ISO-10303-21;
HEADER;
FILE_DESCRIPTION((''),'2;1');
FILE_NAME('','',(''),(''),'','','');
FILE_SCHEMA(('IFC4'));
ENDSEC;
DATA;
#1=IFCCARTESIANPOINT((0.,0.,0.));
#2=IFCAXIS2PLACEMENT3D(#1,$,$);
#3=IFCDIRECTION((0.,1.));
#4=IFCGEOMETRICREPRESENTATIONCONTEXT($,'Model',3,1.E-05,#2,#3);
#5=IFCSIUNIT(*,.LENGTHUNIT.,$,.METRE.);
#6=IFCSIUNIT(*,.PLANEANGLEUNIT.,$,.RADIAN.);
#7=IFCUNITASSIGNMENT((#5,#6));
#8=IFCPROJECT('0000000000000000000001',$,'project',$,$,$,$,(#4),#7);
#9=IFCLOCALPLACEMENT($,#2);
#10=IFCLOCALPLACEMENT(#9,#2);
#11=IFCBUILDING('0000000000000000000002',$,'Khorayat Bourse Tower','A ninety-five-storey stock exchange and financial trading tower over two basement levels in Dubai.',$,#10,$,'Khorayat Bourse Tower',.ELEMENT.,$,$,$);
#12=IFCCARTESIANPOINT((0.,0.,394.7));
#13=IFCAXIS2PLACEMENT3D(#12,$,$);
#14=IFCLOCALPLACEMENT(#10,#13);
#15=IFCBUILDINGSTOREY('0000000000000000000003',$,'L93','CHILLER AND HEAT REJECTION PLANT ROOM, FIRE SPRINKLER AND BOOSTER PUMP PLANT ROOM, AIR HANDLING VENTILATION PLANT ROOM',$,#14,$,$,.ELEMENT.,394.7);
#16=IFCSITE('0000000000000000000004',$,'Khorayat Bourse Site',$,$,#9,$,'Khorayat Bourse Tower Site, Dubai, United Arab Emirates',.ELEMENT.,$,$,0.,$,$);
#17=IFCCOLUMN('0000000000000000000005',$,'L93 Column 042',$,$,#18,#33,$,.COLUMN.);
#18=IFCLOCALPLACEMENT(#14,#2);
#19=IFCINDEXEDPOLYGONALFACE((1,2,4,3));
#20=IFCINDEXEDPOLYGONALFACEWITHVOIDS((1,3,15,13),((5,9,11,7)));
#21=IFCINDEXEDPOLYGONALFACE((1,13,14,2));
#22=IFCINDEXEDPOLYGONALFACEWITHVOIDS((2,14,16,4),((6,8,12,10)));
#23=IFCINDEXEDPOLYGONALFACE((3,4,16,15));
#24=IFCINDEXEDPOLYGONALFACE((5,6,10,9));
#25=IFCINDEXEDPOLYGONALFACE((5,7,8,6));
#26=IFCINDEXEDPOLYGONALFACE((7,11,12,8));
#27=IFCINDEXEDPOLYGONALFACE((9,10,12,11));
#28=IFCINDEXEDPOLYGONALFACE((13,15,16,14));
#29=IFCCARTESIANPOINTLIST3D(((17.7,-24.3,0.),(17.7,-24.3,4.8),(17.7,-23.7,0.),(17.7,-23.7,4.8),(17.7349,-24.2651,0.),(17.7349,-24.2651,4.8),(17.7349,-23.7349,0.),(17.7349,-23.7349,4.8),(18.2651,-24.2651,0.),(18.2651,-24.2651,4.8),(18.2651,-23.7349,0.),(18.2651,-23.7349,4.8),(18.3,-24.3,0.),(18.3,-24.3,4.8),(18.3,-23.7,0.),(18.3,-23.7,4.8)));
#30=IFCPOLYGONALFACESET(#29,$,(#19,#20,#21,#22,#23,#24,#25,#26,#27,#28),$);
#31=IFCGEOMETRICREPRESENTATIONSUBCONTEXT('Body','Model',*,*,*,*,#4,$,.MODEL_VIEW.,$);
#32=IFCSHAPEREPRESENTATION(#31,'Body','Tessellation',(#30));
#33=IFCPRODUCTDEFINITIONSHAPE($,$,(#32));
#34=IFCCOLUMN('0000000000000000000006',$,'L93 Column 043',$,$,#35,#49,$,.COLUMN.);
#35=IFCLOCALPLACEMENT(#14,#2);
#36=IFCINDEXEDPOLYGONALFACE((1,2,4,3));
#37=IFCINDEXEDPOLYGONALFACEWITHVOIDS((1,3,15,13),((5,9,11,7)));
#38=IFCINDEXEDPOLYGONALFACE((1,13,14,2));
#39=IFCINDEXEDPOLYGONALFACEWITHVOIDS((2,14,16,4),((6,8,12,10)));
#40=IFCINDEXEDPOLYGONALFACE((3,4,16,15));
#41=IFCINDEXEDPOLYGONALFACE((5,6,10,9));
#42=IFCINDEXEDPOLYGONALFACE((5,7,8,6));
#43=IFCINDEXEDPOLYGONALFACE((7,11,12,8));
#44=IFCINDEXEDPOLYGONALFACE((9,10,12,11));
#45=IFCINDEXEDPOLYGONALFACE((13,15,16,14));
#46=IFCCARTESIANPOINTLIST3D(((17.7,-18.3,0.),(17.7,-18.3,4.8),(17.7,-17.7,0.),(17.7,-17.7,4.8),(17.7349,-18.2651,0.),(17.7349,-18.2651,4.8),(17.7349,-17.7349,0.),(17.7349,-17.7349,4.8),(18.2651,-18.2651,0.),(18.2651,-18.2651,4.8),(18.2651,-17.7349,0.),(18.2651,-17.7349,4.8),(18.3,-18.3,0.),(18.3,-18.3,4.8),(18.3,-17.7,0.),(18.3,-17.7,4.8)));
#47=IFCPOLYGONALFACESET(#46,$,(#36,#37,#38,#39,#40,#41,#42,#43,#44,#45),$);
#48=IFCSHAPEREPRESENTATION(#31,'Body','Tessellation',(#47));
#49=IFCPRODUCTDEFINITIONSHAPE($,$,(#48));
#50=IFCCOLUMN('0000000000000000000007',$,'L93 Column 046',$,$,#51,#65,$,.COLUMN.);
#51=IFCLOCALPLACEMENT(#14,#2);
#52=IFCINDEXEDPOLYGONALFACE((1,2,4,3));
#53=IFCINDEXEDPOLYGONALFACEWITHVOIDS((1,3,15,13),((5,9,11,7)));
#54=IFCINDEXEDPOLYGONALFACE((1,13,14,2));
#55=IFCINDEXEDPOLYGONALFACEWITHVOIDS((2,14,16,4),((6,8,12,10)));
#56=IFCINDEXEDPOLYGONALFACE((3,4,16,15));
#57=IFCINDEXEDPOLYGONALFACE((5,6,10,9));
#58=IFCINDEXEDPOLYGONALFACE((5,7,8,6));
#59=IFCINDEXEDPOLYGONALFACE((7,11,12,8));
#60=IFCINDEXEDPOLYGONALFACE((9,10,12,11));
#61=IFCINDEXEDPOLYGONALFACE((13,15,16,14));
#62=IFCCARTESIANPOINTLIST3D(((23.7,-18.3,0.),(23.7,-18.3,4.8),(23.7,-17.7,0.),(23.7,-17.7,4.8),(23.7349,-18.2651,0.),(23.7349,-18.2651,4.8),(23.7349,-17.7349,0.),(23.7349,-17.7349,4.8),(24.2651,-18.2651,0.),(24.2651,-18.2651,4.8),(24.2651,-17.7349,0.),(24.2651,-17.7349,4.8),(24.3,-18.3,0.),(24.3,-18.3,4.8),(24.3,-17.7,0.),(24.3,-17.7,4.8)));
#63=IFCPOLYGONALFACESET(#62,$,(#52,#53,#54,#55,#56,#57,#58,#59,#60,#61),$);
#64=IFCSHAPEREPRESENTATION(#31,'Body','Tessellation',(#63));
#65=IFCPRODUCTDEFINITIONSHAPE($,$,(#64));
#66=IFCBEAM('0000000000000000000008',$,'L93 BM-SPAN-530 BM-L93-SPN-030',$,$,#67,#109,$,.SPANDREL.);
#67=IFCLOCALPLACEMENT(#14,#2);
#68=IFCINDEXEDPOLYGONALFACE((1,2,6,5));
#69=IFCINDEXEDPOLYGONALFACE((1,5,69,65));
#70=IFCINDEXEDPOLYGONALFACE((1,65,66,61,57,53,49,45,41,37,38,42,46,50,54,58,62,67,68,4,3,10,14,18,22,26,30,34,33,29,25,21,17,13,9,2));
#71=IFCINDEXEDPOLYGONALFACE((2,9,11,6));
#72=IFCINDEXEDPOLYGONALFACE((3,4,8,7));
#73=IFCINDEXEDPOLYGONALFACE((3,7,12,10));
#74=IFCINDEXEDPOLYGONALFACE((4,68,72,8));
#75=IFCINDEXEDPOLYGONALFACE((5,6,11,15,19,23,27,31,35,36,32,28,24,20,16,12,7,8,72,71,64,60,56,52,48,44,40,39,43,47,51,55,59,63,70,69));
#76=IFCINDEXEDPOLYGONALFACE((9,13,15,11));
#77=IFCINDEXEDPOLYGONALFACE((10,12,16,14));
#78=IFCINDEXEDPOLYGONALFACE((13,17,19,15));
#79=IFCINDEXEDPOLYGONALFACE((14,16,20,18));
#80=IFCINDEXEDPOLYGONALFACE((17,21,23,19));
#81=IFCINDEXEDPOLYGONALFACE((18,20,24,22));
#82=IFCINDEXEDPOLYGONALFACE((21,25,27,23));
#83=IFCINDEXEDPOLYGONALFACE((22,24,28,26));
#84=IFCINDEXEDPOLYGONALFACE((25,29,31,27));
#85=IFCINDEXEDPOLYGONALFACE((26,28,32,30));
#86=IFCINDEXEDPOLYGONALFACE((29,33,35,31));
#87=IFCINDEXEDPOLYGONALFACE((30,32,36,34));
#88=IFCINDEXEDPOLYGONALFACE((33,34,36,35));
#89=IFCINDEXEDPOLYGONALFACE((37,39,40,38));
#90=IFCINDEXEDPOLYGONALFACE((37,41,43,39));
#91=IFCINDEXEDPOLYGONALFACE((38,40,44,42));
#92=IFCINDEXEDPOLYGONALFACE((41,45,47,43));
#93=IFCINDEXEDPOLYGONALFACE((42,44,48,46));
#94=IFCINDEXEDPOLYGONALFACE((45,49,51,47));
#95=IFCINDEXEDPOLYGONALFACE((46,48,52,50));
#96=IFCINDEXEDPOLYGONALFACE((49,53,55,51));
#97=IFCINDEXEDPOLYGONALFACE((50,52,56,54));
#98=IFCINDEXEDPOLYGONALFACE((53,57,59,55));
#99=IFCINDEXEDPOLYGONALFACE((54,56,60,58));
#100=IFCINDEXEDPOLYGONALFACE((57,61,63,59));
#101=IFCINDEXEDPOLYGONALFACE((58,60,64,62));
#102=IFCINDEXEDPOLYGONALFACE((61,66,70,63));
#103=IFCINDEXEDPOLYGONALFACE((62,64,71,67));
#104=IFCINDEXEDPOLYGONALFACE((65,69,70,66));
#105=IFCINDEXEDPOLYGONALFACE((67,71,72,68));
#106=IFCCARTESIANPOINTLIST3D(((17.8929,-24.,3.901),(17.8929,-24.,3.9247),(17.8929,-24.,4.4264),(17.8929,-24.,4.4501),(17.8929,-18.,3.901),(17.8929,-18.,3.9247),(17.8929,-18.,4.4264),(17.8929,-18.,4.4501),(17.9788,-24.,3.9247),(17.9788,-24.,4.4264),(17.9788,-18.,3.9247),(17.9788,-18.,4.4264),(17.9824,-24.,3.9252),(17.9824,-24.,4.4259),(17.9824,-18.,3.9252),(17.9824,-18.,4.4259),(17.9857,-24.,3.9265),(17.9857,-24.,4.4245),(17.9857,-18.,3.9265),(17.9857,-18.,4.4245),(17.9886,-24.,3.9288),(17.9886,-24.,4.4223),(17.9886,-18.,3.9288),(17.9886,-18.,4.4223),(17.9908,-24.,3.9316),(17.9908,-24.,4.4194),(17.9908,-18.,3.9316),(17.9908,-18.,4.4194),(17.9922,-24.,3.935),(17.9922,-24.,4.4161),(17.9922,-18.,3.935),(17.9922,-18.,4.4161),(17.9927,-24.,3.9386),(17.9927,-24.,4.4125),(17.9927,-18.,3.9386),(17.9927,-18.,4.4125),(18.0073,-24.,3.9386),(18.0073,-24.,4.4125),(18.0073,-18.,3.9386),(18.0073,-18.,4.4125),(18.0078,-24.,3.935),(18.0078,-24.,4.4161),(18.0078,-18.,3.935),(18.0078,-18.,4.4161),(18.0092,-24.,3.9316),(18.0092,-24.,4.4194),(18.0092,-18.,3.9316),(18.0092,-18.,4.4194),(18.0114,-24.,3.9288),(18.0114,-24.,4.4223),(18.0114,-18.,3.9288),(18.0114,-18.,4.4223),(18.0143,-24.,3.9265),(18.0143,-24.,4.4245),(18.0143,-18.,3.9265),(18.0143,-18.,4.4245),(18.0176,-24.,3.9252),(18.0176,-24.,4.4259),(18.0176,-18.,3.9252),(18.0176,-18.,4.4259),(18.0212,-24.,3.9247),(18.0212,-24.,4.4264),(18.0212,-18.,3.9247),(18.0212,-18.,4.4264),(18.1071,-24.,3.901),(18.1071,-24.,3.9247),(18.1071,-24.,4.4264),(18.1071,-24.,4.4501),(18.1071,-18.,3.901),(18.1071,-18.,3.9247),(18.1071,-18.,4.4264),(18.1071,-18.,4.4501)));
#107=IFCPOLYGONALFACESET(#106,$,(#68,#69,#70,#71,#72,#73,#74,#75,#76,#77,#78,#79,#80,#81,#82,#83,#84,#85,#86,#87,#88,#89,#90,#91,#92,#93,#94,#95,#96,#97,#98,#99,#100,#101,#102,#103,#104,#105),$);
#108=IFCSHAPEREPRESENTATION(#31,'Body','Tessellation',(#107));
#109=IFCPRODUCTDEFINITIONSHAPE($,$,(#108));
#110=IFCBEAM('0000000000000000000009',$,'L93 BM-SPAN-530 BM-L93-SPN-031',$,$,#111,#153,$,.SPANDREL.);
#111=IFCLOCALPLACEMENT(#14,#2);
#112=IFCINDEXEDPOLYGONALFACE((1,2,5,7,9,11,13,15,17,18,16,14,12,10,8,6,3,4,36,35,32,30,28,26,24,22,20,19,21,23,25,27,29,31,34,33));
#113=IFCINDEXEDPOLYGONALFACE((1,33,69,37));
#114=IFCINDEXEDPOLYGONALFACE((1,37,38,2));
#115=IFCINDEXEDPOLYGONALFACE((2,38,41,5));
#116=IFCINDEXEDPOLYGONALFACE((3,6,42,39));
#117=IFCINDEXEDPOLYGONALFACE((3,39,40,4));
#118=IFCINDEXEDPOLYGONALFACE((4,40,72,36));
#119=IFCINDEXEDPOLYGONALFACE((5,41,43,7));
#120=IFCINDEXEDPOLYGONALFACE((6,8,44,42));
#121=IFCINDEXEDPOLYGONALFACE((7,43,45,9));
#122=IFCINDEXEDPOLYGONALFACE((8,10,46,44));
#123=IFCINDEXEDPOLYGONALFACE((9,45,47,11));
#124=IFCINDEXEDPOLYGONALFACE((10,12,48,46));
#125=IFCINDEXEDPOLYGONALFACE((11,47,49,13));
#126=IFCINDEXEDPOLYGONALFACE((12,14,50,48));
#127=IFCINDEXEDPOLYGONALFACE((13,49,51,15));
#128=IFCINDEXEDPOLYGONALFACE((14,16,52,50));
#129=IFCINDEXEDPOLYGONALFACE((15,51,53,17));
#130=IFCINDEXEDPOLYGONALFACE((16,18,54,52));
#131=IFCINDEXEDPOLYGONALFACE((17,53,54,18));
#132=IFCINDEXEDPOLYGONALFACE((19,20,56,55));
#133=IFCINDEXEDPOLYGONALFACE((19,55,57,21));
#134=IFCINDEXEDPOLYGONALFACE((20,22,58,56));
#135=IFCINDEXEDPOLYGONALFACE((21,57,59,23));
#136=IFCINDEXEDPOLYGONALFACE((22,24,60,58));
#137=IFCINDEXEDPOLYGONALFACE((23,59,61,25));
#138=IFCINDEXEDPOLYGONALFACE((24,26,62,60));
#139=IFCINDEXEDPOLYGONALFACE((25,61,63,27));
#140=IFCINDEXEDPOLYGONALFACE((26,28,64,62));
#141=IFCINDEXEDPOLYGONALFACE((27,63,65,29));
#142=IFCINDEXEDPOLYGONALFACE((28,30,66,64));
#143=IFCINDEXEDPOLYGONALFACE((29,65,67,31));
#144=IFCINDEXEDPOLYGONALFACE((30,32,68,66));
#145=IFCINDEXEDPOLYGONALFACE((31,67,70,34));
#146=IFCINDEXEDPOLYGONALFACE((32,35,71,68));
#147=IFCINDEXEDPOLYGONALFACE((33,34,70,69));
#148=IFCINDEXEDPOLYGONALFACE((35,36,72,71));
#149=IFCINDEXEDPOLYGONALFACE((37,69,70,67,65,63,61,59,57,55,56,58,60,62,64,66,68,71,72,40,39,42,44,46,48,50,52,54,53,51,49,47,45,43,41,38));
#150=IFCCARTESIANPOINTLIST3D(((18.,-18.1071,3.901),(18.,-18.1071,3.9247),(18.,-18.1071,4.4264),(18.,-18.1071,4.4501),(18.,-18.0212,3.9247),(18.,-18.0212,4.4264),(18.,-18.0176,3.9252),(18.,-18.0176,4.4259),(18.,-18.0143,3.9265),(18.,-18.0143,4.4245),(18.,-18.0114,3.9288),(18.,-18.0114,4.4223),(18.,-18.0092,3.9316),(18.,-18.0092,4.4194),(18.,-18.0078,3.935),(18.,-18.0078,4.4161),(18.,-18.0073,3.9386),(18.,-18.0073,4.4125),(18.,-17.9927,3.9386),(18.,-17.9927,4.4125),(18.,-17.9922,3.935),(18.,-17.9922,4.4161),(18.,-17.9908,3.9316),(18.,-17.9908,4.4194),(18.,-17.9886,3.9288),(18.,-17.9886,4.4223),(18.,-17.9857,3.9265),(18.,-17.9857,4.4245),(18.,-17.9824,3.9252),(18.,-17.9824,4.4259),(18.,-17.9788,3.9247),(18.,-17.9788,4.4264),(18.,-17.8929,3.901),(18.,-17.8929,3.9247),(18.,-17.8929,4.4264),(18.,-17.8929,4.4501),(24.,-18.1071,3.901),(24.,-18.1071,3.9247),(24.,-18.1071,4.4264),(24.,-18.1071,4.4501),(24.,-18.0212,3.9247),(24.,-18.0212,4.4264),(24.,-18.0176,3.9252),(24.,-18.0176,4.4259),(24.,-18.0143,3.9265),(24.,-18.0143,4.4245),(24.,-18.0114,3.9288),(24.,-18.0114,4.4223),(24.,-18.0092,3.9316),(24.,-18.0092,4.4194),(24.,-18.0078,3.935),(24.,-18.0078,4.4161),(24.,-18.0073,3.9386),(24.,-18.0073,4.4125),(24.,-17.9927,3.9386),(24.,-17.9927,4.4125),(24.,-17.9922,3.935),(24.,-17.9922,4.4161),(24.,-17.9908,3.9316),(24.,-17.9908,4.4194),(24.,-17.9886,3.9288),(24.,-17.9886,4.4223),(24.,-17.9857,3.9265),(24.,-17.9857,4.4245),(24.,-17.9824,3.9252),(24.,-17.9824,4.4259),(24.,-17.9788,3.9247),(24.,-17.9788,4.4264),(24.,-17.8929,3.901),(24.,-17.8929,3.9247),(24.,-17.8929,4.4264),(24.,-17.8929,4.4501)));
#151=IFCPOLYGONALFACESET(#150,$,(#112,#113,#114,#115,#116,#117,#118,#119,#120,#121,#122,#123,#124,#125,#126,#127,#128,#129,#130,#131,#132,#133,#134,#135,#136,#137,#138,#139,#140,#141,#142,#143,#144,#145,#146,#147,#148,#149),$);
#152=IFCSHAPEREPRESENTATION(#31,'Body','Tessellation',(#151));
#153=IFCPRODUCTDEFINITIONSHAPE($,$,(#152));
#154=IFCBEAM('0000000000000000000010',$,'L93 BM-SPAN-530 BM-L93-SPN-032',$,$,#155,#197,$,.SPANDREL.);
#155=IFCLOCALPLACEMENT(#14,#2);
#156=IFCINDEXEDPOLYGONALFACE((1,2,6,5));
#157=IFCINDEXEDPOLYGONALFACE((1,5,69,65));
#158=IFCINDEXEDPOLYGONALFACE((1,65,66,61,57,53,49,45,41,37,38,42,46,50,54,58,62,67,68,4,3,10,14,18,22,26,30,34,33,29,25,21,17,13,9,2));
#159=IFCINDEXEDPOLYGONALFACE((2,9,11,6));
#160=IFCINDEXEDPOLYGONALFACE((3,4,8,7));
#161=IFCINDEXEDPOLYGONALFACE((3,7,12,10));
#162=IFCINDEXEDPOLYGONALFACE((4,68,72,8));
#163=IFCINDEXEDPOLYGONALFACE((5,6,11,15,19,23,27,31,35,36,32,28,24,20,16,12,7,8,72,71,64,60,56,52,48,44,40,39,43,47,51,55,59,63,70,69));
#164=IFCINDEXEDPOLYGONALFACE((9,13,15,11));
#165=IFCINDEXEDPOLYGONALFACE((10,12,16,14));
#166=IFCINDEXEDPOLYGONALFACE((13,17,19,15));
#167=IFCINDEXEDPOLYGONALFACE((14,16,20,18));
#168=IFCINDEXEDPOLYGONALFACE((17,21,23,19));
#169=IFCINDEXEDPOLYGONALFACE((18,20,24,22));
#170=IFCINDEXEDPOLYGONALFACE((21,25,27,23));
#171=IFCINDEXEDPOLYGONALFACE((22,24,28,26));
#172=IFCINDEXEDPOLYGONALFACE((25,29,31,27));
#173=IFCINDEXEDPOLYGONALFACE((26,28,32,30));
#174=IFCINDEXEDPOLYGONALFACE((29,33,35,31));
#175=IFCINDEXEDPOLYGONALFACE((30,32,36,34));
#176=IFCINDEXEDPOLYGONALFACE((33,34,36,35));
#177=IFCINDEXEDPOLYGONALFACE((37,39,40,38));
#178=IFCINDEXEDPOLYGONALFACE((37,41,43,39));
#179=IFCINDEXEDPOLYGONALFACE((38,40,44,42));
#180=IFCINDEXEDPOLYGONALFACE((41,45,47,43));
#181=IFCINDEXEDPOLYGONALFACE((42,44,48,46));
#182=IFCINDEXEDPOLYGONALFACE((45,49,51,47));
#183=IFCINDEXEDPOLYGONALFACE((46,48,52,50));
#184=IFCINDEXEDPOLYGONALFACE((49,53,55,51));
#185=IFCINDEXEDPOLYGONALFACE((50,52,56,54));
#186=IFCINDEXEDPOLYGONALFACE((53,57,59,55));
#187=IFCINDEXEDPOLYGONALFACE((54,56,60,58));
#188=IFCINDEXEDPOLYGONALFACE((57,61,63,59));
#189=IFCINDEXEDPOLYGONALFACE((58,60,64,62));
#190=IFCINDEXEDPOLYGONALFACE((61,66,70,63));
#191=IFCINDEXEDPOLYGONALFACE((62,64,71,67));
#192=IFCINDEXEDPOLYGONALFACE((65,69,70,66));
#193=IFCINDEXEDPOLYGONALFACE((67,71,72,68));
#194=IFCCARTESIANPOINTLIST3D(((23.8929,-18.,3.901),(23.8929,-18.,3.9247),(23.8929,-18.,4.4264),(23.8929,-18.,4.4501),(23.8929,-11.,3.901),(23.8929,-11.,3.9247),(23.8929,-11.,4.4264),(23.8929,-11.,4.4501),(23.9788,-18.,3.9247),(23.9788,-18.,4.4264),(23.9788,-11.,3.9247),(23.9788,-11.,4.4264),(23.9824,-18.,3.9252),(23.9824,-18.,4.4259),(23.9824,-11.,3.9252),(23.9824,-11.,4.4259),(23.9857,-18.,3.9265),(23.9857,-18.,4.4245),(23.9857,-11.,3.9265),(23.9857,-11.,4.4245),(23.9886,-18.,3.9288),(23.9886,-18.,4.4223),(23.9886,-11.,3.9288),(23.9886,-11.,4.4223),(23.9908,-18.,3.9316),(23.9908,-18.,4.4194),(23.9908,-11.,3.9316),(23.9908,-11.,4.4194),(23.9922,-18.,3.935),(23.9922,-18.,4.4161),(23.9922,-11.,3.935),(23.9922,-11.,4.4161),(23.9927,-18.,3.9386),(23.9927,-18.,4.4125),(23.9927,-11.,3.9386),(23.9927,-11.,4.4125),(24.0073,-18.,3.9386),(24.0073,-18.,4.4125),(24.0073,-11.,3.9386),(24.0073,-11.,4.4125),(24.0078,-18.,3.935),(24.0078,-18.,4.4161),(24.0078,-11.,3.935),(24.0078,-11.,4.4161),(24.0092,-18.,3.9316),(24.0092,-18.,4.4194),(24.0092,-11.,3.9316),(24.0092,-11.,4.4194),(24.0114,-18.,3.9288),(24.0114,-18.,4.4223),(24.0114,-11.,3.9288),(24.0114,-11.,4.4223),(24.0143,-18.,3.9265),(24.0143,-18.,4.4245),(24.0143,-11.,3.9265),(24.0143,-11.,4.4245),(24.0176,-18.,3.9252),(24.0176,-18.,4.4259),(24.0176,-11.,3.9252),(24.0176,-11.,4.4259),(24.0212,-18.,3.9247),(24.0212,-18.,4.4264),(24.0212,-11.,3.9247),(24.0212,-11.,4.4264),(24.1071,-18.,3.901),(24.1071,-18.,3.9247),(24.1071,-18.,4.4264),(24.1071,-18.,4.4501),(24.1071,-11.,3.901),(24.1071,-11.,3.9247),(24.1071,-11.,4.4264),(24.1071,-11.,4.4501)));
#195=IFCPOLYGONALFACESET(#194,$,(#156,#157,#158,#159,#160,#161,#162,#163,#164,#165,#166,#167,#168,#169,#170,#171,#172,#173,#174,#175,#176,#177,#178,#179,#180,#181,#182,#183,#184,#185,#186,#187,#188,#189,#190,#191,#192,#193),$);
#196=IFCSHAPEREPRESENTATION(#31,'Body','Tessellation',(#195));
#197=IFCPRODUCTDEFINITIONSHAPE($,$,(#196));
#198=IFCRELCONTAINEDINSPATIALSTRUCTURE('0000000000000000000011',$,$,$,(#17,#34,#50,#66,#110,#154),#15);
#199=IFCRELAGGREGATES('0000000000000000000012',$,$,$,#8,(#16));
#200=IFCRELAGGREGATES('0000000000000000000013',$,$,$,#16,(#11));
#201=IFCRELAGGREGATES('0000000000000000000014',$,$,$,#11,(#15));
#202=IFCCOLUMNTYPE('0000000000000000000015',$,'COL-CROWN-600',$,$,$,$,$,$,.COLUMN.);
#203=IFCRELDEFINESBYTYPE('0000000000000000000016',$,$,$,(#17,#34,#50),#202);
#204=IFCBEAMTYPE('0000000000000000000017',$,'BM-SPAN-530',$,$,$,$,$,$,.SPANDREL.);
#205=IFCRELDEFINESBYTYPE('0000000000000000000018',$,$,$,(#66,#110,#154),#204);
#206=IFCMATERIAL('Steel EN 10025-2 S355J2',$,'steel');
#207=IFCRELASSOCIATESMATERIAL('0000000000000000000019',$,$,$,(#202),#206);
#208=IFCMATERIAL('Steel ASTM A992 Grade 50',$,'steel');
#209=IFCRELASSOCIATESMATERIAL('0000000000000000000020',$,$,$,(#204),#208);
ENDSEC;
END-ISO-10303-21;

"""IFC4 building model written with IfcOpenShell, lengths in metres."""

from ifc_helpers import new_model, si_unit, direction, frame, origin, origin_2d, place, context, subcontext, project, spatial, hollow_rectangle, i_section, extrude, source, transform, mapped, material, material_profile, profile_set, type_object, element, save


model = new_model("IFC4")

# Units and contexts
model_context = context("Model", 3, precision=1e-05, world=origin(), true_north=direction((0.0, 1.0)))
body_context = subcontext(model_context, "Body", "Model", "MODEL_VIEW")
ifc_project = project(units=[si_unit("LENGTHUNIT", "METRE"), si_unit("PLANEANGLEUNIT", "RADIAN")], contexts=[model_context])

# Site, building, storey
site_placement = place(None, origin())
site = spatial("IfcSite", under=ifc_project, at=site_placement, Name="Khorayat Bourse Site", LongName="Khorayat Bourse Tower Site, Dubai, United Arab Emirates", CompositionType="ELEMENT", RefElevation=0.0)
building_placement = place(site_placement, origin())
building = spatial("IfcBuilding", under=site, at=building_placement, Name="Khorayat Bourse Tower", Description="A ninety-five-storey stock exchange and financial trading tower over two basement levels in Dubai.", LongName="Khorayat Bourse Tower", CompositionType="ELEMENT")
storey_placement = place(building_placement, frame((0.0, 0.0, 394.7)))
storey = spatial("IfcBuildingStorey", under=building, at=storey_placement, Name="L93", Description="CHILLER AND HEAT REJECTION PLANT ROOM, FIRE SPRINKLER AND BOOSTER PUMP PLANT ROOM, AIR HANDLING VENTILATION PLANT ROOM", CompositionType="ELEMENT", Elevation=394.7)

# Columns
ifc_material_1 = material(Name="Steel EN 10025-2 S355J2", Category="steel")
ifc_material_profile_1 = material_profile(ifc_material_1, hollow_rectangle(XDim=0.6001, YDim=0.6001, WallThickness=0.0349, at=origin_2d()), Name="BOX 600x600x35")
ifc_profile_set_1 = profile_set([ifc_material_profile_1], Name="Steel EN 10025-2 S355J2")
column_type = type_object("IfcColumnType", Name="COL-CROWN-600", PredefinedType="COLUMN", material=ifc_profile_set_1)
shared_shape_1 = source(origin(), body_context, "Body", "SweptSolid", [
    extrude(hollow_rectangle(XDim=0.6001, YDim=0.6001, WallThickness=0.0349, at=origin_2d()), origin(), (0.0, 0.0, 1.0), 4.8),
])
for number, where, z_axis, x_axis, name in (
    (1, (18.0, -24.0, 0.0), (0.0, 0.0, 1.0), (1.0, 0.0, 0.0), "L93 Column 042"),
    (2, (18.0, -18.0, 0.0), (0.0, 0.0, 1.0), (1.0, 0.0, 0.0), "L93 Column 043"),
    (3, (24.0, -18.0, 0.0), (0.0, 0.0, 1.0), (1.0, 0.0, 0.0), "L93 Column 046"),
):
    element("IfcColumn", number, at=place(storey_placement, frame(where, z_axis=z_axis, x_axis=x_axis)), inside=storey, type_object=column_type, Name=name, PredefinedType="COLUMN", context=body_context, shape_type="MappedRepresentation", body=[
        mapped(shared_shape_1, transform((0.0, 0.0, 0.0), scale=1.0)),
    ])

# Beams
ifc_material_2 = material(Name="Steel ASTM A992 Grade 50", Category="steel")
ifc_material_profile_2 = material_profile(ifc_material_2, i_section(OverallWidth=0.2141, OverallDepth=0.5491, WebThickness=0.0146, FlangeThickness=0.0237, FilletRadius=0.0139, at=origin_2d()), Name="W530X138")
ifc_profile_set_2 = profile_set([ifc_material_profile_2], Name="Steel ASTM A992 Grade 50")
beam_type_1 = type_object("IfcBeamType", Name="BM-SPAN-530", PredefinedType="SPANDREL", material=ifc_profile_set_2)
shared_shape_2 = source(origin(), body_context, "Body", "SweptSolid", [
    extrude(i_section(OverallWidth=0.2141, OverallDepth=0.5491, WebThickness=0.0146, FlangeThickness=0.0237, FilletRadius=0.0139, at=origin_2d()), origin(), (0.0, 0.0, 1.0), 6.0),
])
for number, where, z_axis, x_axis, name in (
    (4, (18.0, -24.0, 4.1755), (0.0, 1.0, 0.0), (-1.0, 0.0, 0.0), "L93 BM-SPAN-530 BM-L93-SPN-030"),
    (5, (18.0, -18.0, 4.1755), (1.0, 0.0, 0.0), (0.0, 1.0, 0.0), "L93 BM-SPAN-530 BM-L93-SPN-031"),
):
    element("IfcBeam", number, at=place(storey_placement, frame(where, z_axis=z_axis, x_axis=x_axis)), inside=storey, type_object=beam_type_1, Name=name, PredefinedType="SPANDREL", context=body_context, shape_type="MappedRepresentation", body=[
        mapped(shared_shape_2, transform((0.0, 0.0, 0.0), scale=1.0)),
    ])
shared_shape_3 = source(origin(), body_context, "Body", "SweptSolid", [
    extrude(i_section(OverallWidth=0.2141, OverallDepth=0.5491, WebThickness=0.0146, FlangeThickness=0.0237, FilletRadius=0.0139, at=origin_2d()), origin(), (0.0, 0.0, 1.0), 7.0),
])
beam_1_placement = place(storey_placement, frame((24.0, -18.0, 4.1755), z_axis=(0.0, 1.0, 0.0), x_axis=(-1.0, 0.0, 0.0)))
element("IfcBeam", 6, at=beam_1_placement, inside=storey, type_object=beam_type_1, Name="L93 BM-SPAN-530 BM-L93-SPN-032", PredefinedType="SPANDREL", context=body_context, shape_type="MappedRepresentation", body=[
    mapped(shared_shape_3, transform((0.0, 0.0, 0.0), scale=1.0)),
])

save(model, "model.ifc")
